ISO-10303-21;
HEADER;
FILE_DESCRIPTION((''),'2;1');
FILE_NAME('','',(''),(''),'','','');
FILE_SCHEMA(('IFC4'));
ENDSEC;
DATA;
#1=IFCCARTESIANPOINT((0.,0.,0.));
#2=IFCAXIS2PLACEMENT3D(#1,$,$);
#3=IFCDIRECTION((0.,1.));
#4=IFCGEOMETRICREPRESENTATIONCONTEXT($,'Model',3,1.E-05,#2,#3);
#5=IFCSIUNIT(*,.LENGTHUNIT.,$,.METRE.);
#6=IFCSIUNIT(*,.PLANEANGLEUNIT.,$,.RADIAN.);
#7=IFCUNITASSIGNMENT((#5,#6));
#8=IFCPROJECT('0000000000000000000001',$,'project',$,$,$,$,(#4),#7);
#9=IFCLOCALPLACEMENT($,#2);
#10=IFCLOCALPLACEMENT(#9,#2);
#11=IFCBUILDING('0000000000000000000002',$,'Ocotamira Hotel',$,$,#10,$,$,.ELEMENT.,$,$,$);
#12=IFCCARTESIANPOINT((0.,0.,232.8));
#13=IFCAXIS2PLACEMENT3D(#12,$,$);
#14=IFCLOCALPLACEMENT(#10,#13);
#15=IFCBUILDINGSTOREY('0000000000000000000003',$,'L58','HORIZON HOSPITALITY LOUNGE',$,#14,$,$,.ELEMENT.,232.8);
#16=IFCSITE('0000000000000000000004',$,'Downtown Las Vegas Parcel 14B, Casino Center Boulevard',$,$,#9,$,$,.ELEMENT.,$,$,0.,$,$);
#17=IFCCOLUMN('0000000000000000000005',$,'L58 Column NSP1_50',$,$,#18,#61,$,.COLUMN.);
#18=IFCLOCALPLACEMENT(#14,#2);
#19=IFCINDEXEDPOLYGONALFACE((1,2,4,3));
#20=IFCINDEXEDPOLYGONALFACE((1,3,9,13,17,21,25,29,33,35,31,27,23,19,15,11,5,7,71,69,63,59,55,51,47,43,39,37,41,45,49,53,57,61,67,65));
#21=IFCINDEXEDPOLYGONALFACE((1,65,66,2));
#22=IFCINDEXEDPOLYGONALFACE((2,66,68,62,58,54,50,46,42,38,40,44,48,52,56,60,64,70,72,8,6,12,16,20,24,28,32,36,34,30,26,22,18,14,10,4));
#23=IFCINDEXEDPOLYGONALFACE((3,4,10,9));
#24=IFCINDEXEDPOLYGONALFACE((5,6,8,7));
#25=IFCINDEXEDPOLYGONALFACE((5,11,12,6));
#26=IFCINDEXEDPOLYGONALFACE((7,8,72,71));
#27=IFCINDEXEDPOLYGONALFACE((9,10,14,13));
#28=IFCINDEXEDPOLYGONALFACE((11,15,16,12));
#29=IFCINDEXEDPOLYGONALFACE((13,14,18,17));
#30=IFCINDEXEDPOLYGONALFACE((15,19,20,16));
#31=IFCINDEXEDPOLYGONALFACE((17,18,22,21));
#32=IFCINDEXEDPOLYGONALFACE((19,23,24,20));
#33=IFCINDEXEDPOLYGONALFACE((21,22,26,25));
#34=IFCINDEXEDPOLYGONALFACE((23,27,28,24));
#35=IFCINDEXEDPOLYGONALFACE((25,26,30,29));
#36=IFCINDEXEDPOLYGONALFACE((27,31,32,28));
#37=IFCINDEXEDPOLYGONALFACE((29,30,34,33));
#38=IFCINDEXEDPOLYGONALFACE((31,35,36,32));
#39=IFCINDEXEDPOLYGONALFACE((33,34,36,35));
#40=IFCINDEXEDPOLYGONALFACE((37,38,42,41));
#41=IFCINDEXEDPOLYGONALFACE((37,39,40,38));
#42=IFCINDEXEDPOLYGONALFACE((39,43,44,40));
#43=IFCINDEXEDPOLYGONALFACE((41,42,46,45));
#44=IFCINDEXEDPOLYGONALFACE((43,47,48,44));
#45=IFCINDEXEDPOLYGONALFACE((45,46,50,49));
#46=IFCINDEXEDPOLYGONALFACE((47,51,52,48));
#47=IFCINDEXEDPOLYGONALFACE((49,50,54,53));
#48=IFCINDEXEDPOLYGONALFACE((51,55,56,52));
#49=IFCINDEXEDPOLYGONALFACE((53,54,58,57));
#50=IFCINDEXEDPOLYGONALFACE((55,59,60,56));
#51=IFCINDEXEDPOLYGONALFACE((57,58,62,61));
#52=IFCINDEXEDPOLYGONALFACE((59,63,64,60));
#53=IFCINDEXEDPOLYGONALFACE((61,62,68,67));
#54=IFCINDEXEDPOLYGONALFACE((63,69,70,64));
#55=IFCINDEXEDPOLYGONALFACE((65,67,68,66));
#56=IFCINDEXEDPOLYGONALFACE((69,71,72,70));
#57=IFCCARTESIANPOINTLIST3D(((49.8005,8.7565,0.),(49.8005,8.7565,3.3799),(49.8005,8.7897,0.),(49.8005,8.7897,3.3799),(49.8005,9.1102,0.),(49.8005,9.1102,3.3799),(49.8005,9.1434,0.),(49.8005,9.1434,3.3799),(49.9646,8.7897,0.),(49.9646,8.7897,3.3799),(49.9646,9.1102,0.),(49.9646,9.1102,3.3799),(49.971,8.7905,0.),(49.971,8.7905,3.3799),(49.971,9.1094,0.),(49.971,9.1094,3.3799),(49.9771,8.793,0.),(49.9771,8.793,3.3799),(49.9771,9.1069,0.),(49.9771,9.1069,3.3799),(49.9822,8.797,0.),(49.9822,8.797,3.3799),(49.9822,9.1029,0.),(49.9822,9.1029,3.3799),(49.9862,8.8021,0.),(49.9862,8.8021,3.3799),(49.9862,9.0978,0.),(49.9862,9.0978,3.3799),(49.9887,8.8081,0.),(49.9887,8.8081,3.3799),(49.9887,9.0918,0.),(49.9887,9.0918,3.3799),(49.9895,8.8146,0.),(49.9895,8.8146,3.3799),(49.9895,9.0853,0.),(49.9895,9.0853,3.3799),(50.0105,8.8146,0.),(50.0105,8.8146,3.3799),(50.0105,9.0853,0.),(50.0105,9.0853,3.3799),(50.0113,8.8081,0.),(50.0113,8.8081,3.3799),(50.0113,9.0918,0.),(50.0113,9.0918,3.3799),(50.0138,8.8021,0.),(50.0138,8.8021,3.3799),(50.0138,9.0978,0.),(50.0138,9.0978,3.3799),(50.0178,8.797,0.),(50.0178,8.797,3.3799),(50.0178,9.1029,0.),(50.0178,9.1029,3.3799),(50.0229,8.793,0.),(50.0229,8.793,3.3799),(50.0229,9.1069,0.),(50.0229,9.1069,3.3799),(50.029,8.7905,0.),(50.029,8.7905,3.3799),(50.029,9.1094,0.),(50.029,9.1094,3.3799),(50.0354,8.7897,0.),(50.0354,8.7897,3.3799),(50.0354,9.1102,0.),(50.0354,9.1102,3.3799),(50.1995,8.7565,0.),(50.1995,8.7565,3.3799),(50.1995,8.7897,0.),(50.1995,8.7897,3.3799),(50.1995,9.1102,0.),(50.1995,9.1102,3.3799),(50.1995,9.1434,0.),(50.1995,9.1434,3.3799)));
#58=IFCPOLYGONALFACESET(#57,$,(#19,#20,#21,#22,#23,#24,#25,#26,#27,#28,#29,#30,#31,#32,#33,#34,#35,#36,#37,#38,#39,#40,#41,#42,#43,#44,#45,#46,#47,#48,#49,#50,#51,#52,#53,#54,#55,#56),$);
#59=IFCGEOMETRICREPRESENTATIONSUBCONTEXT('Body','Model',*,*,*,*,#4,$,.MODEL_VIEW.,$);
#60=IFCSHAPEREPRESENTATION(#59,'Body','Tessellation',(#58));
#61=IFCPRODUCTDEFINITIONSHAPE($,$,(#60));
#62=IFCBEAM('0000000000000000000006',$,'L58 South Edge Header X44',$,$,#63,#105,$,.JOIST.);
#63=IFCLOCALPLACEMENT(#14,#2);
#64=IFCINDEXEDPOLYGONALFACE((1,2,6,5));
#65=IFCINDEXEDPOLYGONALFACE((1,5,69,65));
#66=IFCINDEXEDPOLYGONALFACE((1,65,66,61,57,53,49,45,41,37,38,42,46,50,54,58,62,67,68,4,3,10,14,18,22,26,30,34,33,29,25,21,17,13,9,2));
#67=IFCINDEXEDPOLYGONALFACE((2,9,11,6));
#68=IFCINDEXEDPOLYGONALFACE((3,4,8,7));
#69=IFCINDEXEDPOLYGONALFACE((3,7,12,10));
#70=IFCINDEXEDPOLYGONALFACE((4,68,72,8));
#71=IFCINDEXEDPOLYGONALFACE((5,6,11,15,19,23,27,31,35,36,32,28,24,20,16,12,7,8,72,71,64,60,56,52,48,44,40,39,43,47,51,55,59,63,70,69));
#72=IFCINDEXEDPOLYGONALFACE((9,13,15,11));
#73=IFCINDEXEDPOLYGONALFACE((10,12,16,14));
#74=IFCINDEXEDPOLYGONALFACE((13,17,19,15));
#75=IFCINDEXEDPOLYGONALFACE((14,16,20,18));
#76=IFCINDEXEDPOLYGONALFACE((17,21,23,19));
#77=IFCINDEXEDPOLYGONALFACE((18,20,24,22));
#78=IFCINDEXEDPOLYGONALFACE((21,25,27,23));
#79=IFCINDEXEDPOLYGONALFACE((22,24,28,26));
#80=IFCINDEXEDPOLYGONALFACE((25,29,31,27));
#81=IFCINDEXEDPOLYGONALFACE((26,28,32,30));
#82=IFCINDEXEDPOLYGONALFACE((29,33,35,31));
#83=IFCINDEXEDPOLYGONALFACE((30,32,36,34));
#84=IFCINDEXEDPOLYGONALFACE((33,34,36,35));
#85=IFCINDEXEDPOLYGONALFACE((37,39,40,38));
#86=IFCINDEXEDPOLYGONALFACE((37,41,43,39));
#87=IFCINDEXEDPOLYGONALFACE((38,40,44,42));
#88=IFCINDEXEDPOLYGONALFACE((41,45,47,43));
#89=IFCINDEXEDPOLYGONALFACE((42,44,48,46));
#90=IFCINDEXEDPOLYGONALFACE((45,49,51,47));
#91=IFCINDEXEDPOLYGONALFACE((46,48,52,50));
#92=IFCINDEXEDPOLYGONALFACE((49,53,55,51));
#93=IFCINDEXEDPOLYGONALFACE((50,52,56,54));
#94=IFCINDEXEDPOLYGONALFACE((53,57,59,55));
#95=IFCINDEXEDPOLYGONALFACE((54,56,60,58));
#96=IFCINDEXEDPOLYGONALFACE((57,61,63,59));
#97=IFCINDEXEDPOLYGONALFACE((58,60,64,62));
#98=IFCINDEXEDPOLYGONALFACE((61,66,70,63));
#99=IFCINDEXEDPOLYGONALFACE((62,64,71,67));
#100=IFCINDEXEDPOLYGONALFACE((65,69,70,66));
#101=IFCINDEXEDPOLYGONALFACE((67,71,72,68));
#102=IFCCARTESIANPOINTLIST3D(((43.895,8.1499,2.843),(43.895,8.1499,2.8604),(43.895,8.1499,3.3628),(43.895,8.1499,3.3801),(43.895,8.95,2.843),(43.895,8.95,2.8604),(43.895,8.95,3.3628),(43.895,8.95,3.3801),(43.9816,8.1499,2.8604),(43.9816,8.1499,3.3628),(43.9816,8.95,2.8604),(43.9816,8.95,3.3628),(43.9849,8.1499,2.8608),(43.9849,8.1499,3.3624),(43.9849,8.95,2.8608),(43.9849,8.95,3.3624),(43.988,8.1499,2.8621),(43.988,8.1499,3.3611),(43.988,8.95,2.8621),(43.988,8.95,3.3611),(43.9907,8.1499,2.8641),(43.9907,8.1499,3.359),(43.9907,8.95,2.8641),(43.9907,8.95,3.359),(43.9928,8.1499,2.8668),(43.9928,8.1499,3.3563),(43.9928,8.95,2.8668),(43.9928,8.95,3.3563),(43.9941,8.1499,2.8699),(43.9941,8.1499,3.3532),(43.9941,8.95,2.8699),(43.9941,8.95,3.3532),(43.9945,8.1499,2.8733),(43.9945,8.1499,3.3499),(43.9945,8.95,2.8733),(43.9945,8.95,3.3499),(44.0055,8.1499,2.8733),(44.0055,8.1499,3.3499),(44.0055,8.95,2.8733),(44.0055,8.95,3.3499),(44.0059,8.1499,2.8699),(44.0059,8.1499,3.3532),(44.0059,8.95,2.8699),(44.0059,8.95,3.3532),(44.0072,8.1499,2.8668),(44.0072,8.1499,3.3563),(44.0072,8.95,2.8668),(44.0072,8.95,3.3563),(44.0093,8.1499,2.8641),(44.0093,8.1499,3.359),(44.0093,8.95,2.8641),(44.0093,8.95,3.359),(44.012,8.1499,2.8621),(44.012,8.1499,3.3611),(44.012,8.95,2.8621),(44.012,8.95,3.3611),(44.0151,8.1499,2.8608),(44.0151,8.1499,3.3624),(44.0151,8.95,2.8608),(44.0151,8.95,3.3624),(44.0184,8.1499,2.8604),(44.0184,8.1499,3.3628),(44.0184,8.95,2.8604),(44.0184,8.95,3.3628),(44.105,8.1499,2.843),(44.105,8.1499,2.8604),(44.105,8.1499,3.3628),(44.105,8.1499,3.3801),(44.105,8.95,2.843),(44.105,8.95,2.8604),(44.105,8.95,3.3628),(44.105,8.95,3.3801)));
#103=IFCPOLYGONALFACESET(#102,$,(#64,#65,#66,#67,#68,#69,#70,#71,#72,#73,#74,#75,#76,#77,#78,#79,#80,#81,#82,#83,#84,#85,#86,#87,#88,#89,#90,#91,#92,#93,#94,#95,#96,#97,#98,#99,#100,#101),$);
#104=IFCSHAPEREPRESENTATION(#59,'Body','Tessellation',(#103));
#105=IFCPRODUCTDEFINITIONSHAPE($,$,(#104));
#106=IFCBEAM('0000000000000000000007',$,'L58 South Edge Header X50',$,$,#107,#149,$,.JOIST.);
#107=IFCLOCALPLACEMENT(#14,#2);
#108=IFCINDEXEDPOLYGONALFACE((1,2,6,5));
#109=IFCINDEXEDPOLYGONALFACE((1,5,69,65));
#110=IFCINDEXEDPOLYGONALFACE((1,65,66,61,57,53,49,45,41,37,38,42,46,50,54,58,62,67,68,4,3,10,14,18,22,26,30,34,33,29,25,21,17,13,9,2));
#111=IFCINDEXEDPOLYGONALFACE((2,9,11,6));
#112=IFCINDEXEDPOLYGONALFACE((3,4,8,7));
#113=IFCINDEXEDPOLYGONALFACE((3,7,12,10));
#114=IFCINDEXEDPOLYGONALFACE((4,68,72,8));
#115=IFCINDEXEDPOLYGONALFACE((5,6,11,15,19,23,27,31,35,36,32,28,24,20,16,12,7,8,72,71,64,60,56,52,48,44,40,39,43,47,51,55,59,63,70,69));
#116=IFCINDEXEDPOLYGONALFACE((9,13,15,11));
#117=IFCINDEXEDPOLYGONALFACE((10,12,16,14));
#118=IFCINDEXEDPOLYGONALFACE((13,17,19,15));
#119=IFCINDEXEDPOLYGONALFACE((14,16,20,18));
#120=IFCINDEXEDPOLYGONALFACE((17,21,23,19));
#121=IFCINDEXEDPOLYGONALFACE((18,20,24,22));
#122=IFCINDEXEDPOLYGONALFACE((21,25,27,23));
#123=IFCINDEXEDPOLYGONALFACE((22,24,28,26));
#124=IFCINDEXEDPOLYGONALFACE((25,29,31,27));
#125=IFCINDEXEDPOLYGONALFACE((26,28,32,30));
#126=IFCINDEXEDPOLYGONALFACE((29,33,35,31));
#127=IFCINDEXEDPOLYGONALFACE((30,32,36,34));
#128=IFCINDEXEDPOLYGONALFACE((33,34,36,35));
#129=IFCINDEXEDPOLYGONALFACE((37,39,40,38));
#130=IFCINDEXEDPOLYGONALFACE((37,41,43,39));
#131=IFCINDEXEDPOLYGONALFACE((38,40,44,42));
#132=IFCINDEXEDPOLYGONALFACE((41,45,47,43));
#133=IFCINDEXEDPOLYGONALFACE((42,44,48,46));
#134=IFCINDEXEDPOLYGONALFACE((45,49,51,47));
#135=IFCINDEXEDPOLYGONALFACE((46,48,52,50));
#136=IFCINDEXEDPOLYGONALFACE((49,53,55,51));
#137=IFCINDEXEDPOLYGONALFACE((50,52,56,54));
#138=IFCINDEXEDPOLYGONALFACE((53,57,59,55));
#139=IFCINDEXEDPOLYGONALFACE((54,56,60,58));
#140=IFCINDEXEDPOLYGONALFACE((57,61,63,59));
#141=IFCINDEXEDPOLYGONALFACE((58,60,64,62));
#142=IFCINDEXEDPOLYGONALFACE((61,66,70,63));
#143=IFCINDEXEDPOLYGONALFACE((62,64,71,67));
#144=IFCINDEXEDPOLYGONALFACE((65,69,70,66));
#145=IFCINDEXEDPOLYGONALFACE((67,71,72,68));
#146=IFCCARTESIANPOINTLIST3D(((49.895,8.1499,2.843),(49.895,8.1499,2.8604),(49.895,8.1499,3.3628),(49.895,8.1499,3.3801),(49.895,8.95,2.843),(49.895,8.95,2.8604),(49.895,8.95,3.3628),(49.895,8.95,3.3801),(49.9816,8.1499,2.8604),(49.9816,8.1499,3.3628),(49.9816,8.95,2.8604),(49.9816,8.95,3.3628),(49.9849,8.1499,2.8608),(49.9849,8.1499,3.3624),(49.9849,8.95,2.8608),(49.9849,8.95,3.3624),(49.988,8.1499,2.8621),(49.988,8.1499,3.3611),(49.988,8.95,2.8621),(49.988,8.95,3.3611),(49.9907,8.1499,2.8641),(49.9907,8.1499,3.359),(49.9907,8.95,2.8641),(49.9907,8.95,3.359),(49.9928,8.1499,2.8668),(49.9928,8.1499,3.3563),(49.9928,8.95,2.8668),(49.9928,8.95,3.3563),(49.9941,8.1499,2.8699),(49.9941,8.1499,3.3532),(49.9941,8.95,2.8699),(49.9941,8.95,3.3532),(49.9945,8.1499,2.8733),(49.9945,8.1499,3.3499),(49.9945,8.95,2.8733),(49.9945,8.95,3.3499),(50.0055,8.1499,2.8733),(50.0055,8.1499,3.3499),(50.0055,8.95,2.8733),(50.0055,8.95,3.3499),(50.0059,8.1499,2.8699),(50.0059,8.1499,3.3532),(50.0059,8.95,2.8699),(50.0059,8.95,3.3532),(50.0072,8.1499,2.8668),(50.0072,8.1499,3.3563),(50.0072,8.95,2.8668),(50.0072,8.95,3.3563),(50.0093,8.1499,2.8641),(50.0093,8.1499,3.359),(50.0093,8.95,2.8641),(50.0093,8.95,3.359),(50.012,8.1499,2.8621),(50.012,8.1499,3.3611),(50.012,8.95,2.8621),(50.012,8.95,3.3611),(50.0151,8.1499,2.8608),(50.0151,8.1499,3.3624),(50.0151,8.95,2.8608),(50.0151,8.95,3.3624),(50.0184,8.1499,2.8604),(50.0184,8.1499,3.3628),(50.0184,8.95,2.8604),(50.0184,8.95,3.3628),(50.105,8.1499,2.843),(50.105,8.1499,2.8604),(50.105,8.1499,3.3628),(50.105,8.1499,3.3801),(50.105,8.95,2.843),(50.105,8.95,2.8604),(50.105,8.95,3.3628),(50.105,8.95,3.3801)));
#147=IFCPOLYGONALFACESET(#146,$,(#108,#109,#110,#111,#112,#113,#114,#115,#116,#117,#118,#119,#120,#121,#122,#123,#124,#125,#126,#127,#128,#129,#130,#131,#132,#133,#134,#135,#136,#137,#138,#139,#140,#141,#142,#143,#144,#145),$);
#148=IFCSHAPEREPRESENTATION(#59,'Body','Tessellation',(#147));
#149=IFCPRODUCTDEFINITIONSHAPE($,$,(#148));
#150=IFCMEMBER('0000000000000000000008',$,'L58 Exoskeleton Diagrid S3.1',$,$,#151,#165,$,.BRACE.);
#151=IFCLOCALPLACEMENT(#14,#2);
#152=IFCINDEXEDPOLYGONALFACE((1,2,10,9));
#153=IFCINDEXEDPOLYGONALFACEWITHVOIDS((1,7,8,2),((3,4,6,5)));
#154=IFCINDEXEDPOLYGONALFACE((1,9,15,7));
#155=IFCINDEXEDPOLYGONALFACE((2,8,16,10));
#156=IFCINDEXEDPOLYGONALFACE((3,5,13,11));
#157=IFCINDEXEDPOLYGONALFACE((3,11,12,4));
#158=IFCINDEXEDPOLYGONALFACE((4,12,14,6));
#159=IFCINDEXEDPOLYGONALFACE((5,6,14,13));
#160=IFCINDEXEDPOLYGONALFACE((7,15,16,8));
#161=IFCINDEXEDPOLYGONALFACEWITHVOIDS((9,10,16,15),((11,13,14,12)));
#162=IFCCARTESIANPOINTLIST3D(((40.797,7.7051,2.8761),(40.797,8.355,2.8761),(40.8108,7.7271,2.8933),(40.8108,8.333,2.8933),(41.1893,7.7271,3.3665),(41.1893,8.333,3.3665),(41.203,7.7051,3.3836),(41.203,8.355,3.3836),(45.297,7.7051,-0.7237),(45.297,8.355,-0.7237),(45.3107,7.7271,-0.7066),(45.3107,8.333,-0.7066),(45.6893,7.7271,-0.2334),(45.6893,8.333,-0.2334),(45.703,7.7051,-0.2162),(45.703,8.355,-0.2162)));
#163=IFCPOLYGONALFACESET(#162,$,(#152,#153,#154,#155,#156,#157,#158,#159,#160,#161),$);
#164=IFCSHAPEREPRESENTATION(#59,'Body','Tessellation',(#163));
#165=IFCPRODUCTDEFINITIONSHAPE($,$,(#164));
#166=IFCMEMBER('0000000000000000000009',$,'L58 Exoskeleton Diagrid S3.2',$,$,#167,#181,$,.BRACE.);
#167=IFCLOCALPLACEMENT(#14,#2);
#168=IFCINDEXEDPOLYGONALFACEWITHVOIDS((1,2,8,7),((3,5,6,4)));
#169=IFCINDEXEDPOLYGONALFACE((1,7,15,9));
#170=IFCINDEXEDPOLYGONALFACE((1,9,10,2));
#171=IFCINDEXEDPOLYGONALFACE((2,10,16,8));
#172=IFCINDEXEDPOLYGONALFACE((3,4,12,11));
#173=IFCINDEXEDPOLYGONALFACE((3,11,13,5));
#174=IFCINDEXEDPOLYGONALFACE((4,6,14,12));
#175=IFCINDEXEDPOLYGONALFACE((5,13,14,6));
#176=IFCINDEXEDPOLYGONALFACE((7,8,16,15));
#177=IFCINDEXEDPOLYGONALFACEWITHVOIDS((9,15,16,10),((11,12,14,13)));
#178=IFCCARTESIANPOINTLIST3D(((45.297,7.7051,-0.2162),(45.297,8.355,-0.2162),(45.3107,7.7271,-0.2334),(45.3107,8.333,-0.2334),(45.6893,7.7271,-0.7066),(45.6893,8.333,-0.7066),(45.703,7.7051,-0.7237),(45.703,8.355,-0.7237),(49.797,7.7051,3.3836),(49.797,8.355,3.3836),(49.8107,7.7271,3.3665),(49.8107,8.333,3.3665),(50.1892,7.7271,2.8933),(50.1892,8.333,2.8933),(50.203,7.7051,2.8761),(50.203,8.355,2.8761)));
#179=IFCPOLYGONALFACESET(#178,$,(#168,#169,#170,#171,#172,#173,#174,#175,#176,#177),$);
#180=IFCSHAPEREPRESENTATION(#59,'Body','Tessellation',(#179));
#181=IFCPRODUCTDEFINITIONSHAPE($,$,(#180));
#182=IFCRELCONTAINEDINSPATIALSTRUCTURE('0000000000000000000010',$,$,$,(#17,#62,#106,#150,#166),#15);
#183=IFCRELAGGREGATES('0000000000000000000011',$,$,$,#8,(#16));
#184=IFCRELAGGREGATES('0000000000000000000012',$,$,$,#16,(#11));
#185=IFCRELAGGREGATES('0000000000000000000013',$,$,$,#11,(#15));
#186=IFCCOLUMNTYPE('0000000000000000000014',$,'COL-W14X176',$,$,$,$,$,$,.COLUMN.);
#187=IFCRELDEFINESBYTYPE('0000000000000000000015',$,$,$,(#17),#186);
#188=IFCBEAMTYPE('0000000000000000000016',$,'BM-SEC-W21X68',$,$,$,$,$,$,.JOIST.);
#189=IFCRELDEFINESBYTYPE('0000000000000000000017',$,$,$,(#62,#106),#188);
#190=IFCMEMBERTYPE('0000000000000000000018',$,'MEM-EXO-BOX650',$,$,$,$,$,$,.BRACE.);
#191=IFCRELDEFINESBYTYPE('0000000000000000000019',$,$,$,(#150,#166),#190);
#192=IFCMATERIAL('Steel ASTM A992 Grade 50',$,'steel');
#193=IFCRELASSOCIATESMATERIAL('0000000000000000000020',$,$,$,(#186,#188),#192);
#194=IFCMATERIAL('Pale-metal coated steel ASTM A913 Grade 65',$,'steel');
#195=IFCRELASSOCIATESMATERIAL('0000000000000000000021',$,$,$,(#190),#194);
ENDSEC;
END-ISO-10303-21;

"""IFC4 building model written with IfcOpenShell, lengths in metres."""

from ifc_helpers import new_model, si_unit, direction, frame, origin, origin_2d, place, context, subcontext, project, spatial, hollow_rectangle, i_section, extrude, source, transform, mapped, material, material_profile, profile_set, type_object, element, save


model = new_model("IFC4")

# Units and contexts
model_context = context("Model", 3, precision=1e-05, world=origin(), true_north=direction((0.0, 1.0)))
body_context = subcontext(model_context, "Body", "Model", "MODEL_VIEW")
ifc_project = project(units=[si_unit("LENGTHUNIT", "METRE"), si_unit("PLANEANGLEUNIT", "RADIAN")], contexts=[model_context])

# Site, building, storey
site_placement = place(None, origin())
site = spatial("IfcSite", under=ifc_project, at=site_placement, Name="Downtown Las Vegas Parcel 14B, Casino Center Boulevard", CompositionType="ELEMENT", RefElevation=0.0)
building_placement = place(site_placement, origin())
building = spatial("IfcBuilding", under=site, at=building_placement, Name="Ocotamira Hotel", CompositionType="ELEMENT")
storey_placement = place(building_placement, frame((0.0, 0.0, 232.8)))
storey = spatial("IfcBuildingStorey", under=building, at=storey_placement, Name="L58", Description="HORIZON HOSPITALITY LOUNGE", CompositionType="ELEMENT", Elevation=232.8)

# Column
ifc_material_1 = material(Name="Steel ASTM A992 Grade 50", Category="steel")
ifc_material_profile_1 = material_profile(ifc_material_1, i_section(OverallWidth=0.3989, OverallDepth=0.387, WebThickness=0.021, FlangeThickness=0.0332, FilletRadius=0.0249, at=origin_2d()), Name="W14X176")
ifc_profile_set_1 = profile_set([ifc_material_profile_1], Name="Steel ASTM A992 Grade 50")
column_type = type_object("IfcColumnType", Name="COL-W14X176", PredefinedType="COLUMN", material=ifc_profile_set_1)
shared_shape_1 = source(origin(), body_context, "Body", "SweptSolid", [
    extrude(i_section(OverallWidth=0.3989, OverallDepth=0.387, WebThickness=0.021, FlangeThickness=0.0332, FilletRadius=0.0249, at=origin_2d()), origin(), (0.0, 0.0, 1.0), 3.3799),
])
column_placement = place(storey_placement, frame((50.0, 8.95, 0.0), z_axis=(0.0, 0.0, 1.0), x_axis=(1.0, 0.0, 0.0)))
element("IfcColumn", 1, at=column_placement, inside=storey, type_object=column_type, Name="L58 Column NSP1_50", PredefinedType="COLUMN", context=body_context, shape_type="MappedRepresentation", body=[
    mapped(shared_shape_1, transform((0.0, 0.0, 0.0), scale=1.0)),
])

# Beams
ifc_material_profile_2 = material_profile(ifc_material_1, i_section(OverallWidth=0.21, OverallDepth=0.5371, WebThickness=0.011, FlangeThickness=0.0173, FilletRadius=0.0129, at=origin_2d()), Name="W21X68")
ifc_profile_set_2 = profile_set([ifc_material_profile_2], Name="Steel ASTM A992 Grade 50")
beam_type = type_object("IfcBeamType", Name="BM-SEC-W21X68", PredefinedType="JOIST", material=ifc_profile_set_2)
shared_shape_2 = source(origin(), body_context, "Body", "SweptSolid", [
    extrude(i_section(OverallWidth=0.21, OverallDepth=0.5371, WebThickness=0.011, FlangeThickness=0.0173, FilletRadius=0.0129, at=origin_2d()), origin(), (0.0, 0.0, 1.0), 0.8),
])
for number, where, z_axis, x_axis, name in (
    (2, (44.0, 8.95, 3.1116), (0.0, -1.0, 0.0), (1.0, 0.0, 0.0), "L58 South Edge Header X44"),
    (3, (50.0, 8.95, 3.1116), (0.0, -1.0, 0.0), (1.0, 0.0, 0.0), "L58 South Edge Header X50"),
):
    element("IfcBeam", number, at=place(storey_placement, frame(where, z_axis=z_axis, x_axis=x_axis)), inside=storey, type_object=beam_type, Name=name, PredefinedType="JOIST", context=body_context, shape_type="MappedRepresentation", body=[
        mapped(shared_shape_2, transform((0.0, 0.0, 0.0), scale=1.0)),
    ])

# Members
ifc_material_2 = material(Name="Pale-metal coated steel ASTM A913 Grade 65", Category="steel")
ifc_material_profile_3 = material_profile(ifc_material_2, hollow_rectangle(XDim=0.6499, YDim=0.6499, WallThickness=0.022, at=origin_2d()), Name="BOX650X650X22")
ifc_profile_set_3 = profile_set([ifc_material_profile_3], Name="Pale-metal coated steel ASTM A913 Grade 65")
member_type_1 = type_object("IfcMemberType", Name="MEM-EXO-BOX650", PredefinedType="BRACE", material=ifc_profile_set_3)
shared_shape_3 = source(origin(), body_context, "Body", "SweptSolid", [
    extrude(hollow_rectangle(XDim=0.6499, YDim=0.6499, WallThickness=0.022, at=origin_2d()), origin(), (0.0, 0.0, 1.0), 5.7627),
])
for number, where, z_axis, x_axis, name in (
    (4, (45.5, 8.03, -0.47), (-0.780881, 0.0, 0.62468), (0.0, -1.0, 0.0), "L58 Exoskeleton Diagrid S3.1"),
    (5, (45.5, 8.03, -0.47), (0.780881, 0.0, 0.62468), (0.0, 1.0, 0.0), "L58 Exoskeleton Diagrid S3.2"),
):
    element("IfcMember", number, at=place(storey_placement, frame(where, z_axis=z_axis, x_axis=x_axis)), inside=storey, type_object=member_type_1, Name=name, PredefinedType="BRACE", context=body_context, shape_type="MappedRepresentation", body=[
        mapped(shared_shape_3, transform((0.0, 0.0, 0.0), scale=1.0)),
    ])

save(model, "model.ifc")
